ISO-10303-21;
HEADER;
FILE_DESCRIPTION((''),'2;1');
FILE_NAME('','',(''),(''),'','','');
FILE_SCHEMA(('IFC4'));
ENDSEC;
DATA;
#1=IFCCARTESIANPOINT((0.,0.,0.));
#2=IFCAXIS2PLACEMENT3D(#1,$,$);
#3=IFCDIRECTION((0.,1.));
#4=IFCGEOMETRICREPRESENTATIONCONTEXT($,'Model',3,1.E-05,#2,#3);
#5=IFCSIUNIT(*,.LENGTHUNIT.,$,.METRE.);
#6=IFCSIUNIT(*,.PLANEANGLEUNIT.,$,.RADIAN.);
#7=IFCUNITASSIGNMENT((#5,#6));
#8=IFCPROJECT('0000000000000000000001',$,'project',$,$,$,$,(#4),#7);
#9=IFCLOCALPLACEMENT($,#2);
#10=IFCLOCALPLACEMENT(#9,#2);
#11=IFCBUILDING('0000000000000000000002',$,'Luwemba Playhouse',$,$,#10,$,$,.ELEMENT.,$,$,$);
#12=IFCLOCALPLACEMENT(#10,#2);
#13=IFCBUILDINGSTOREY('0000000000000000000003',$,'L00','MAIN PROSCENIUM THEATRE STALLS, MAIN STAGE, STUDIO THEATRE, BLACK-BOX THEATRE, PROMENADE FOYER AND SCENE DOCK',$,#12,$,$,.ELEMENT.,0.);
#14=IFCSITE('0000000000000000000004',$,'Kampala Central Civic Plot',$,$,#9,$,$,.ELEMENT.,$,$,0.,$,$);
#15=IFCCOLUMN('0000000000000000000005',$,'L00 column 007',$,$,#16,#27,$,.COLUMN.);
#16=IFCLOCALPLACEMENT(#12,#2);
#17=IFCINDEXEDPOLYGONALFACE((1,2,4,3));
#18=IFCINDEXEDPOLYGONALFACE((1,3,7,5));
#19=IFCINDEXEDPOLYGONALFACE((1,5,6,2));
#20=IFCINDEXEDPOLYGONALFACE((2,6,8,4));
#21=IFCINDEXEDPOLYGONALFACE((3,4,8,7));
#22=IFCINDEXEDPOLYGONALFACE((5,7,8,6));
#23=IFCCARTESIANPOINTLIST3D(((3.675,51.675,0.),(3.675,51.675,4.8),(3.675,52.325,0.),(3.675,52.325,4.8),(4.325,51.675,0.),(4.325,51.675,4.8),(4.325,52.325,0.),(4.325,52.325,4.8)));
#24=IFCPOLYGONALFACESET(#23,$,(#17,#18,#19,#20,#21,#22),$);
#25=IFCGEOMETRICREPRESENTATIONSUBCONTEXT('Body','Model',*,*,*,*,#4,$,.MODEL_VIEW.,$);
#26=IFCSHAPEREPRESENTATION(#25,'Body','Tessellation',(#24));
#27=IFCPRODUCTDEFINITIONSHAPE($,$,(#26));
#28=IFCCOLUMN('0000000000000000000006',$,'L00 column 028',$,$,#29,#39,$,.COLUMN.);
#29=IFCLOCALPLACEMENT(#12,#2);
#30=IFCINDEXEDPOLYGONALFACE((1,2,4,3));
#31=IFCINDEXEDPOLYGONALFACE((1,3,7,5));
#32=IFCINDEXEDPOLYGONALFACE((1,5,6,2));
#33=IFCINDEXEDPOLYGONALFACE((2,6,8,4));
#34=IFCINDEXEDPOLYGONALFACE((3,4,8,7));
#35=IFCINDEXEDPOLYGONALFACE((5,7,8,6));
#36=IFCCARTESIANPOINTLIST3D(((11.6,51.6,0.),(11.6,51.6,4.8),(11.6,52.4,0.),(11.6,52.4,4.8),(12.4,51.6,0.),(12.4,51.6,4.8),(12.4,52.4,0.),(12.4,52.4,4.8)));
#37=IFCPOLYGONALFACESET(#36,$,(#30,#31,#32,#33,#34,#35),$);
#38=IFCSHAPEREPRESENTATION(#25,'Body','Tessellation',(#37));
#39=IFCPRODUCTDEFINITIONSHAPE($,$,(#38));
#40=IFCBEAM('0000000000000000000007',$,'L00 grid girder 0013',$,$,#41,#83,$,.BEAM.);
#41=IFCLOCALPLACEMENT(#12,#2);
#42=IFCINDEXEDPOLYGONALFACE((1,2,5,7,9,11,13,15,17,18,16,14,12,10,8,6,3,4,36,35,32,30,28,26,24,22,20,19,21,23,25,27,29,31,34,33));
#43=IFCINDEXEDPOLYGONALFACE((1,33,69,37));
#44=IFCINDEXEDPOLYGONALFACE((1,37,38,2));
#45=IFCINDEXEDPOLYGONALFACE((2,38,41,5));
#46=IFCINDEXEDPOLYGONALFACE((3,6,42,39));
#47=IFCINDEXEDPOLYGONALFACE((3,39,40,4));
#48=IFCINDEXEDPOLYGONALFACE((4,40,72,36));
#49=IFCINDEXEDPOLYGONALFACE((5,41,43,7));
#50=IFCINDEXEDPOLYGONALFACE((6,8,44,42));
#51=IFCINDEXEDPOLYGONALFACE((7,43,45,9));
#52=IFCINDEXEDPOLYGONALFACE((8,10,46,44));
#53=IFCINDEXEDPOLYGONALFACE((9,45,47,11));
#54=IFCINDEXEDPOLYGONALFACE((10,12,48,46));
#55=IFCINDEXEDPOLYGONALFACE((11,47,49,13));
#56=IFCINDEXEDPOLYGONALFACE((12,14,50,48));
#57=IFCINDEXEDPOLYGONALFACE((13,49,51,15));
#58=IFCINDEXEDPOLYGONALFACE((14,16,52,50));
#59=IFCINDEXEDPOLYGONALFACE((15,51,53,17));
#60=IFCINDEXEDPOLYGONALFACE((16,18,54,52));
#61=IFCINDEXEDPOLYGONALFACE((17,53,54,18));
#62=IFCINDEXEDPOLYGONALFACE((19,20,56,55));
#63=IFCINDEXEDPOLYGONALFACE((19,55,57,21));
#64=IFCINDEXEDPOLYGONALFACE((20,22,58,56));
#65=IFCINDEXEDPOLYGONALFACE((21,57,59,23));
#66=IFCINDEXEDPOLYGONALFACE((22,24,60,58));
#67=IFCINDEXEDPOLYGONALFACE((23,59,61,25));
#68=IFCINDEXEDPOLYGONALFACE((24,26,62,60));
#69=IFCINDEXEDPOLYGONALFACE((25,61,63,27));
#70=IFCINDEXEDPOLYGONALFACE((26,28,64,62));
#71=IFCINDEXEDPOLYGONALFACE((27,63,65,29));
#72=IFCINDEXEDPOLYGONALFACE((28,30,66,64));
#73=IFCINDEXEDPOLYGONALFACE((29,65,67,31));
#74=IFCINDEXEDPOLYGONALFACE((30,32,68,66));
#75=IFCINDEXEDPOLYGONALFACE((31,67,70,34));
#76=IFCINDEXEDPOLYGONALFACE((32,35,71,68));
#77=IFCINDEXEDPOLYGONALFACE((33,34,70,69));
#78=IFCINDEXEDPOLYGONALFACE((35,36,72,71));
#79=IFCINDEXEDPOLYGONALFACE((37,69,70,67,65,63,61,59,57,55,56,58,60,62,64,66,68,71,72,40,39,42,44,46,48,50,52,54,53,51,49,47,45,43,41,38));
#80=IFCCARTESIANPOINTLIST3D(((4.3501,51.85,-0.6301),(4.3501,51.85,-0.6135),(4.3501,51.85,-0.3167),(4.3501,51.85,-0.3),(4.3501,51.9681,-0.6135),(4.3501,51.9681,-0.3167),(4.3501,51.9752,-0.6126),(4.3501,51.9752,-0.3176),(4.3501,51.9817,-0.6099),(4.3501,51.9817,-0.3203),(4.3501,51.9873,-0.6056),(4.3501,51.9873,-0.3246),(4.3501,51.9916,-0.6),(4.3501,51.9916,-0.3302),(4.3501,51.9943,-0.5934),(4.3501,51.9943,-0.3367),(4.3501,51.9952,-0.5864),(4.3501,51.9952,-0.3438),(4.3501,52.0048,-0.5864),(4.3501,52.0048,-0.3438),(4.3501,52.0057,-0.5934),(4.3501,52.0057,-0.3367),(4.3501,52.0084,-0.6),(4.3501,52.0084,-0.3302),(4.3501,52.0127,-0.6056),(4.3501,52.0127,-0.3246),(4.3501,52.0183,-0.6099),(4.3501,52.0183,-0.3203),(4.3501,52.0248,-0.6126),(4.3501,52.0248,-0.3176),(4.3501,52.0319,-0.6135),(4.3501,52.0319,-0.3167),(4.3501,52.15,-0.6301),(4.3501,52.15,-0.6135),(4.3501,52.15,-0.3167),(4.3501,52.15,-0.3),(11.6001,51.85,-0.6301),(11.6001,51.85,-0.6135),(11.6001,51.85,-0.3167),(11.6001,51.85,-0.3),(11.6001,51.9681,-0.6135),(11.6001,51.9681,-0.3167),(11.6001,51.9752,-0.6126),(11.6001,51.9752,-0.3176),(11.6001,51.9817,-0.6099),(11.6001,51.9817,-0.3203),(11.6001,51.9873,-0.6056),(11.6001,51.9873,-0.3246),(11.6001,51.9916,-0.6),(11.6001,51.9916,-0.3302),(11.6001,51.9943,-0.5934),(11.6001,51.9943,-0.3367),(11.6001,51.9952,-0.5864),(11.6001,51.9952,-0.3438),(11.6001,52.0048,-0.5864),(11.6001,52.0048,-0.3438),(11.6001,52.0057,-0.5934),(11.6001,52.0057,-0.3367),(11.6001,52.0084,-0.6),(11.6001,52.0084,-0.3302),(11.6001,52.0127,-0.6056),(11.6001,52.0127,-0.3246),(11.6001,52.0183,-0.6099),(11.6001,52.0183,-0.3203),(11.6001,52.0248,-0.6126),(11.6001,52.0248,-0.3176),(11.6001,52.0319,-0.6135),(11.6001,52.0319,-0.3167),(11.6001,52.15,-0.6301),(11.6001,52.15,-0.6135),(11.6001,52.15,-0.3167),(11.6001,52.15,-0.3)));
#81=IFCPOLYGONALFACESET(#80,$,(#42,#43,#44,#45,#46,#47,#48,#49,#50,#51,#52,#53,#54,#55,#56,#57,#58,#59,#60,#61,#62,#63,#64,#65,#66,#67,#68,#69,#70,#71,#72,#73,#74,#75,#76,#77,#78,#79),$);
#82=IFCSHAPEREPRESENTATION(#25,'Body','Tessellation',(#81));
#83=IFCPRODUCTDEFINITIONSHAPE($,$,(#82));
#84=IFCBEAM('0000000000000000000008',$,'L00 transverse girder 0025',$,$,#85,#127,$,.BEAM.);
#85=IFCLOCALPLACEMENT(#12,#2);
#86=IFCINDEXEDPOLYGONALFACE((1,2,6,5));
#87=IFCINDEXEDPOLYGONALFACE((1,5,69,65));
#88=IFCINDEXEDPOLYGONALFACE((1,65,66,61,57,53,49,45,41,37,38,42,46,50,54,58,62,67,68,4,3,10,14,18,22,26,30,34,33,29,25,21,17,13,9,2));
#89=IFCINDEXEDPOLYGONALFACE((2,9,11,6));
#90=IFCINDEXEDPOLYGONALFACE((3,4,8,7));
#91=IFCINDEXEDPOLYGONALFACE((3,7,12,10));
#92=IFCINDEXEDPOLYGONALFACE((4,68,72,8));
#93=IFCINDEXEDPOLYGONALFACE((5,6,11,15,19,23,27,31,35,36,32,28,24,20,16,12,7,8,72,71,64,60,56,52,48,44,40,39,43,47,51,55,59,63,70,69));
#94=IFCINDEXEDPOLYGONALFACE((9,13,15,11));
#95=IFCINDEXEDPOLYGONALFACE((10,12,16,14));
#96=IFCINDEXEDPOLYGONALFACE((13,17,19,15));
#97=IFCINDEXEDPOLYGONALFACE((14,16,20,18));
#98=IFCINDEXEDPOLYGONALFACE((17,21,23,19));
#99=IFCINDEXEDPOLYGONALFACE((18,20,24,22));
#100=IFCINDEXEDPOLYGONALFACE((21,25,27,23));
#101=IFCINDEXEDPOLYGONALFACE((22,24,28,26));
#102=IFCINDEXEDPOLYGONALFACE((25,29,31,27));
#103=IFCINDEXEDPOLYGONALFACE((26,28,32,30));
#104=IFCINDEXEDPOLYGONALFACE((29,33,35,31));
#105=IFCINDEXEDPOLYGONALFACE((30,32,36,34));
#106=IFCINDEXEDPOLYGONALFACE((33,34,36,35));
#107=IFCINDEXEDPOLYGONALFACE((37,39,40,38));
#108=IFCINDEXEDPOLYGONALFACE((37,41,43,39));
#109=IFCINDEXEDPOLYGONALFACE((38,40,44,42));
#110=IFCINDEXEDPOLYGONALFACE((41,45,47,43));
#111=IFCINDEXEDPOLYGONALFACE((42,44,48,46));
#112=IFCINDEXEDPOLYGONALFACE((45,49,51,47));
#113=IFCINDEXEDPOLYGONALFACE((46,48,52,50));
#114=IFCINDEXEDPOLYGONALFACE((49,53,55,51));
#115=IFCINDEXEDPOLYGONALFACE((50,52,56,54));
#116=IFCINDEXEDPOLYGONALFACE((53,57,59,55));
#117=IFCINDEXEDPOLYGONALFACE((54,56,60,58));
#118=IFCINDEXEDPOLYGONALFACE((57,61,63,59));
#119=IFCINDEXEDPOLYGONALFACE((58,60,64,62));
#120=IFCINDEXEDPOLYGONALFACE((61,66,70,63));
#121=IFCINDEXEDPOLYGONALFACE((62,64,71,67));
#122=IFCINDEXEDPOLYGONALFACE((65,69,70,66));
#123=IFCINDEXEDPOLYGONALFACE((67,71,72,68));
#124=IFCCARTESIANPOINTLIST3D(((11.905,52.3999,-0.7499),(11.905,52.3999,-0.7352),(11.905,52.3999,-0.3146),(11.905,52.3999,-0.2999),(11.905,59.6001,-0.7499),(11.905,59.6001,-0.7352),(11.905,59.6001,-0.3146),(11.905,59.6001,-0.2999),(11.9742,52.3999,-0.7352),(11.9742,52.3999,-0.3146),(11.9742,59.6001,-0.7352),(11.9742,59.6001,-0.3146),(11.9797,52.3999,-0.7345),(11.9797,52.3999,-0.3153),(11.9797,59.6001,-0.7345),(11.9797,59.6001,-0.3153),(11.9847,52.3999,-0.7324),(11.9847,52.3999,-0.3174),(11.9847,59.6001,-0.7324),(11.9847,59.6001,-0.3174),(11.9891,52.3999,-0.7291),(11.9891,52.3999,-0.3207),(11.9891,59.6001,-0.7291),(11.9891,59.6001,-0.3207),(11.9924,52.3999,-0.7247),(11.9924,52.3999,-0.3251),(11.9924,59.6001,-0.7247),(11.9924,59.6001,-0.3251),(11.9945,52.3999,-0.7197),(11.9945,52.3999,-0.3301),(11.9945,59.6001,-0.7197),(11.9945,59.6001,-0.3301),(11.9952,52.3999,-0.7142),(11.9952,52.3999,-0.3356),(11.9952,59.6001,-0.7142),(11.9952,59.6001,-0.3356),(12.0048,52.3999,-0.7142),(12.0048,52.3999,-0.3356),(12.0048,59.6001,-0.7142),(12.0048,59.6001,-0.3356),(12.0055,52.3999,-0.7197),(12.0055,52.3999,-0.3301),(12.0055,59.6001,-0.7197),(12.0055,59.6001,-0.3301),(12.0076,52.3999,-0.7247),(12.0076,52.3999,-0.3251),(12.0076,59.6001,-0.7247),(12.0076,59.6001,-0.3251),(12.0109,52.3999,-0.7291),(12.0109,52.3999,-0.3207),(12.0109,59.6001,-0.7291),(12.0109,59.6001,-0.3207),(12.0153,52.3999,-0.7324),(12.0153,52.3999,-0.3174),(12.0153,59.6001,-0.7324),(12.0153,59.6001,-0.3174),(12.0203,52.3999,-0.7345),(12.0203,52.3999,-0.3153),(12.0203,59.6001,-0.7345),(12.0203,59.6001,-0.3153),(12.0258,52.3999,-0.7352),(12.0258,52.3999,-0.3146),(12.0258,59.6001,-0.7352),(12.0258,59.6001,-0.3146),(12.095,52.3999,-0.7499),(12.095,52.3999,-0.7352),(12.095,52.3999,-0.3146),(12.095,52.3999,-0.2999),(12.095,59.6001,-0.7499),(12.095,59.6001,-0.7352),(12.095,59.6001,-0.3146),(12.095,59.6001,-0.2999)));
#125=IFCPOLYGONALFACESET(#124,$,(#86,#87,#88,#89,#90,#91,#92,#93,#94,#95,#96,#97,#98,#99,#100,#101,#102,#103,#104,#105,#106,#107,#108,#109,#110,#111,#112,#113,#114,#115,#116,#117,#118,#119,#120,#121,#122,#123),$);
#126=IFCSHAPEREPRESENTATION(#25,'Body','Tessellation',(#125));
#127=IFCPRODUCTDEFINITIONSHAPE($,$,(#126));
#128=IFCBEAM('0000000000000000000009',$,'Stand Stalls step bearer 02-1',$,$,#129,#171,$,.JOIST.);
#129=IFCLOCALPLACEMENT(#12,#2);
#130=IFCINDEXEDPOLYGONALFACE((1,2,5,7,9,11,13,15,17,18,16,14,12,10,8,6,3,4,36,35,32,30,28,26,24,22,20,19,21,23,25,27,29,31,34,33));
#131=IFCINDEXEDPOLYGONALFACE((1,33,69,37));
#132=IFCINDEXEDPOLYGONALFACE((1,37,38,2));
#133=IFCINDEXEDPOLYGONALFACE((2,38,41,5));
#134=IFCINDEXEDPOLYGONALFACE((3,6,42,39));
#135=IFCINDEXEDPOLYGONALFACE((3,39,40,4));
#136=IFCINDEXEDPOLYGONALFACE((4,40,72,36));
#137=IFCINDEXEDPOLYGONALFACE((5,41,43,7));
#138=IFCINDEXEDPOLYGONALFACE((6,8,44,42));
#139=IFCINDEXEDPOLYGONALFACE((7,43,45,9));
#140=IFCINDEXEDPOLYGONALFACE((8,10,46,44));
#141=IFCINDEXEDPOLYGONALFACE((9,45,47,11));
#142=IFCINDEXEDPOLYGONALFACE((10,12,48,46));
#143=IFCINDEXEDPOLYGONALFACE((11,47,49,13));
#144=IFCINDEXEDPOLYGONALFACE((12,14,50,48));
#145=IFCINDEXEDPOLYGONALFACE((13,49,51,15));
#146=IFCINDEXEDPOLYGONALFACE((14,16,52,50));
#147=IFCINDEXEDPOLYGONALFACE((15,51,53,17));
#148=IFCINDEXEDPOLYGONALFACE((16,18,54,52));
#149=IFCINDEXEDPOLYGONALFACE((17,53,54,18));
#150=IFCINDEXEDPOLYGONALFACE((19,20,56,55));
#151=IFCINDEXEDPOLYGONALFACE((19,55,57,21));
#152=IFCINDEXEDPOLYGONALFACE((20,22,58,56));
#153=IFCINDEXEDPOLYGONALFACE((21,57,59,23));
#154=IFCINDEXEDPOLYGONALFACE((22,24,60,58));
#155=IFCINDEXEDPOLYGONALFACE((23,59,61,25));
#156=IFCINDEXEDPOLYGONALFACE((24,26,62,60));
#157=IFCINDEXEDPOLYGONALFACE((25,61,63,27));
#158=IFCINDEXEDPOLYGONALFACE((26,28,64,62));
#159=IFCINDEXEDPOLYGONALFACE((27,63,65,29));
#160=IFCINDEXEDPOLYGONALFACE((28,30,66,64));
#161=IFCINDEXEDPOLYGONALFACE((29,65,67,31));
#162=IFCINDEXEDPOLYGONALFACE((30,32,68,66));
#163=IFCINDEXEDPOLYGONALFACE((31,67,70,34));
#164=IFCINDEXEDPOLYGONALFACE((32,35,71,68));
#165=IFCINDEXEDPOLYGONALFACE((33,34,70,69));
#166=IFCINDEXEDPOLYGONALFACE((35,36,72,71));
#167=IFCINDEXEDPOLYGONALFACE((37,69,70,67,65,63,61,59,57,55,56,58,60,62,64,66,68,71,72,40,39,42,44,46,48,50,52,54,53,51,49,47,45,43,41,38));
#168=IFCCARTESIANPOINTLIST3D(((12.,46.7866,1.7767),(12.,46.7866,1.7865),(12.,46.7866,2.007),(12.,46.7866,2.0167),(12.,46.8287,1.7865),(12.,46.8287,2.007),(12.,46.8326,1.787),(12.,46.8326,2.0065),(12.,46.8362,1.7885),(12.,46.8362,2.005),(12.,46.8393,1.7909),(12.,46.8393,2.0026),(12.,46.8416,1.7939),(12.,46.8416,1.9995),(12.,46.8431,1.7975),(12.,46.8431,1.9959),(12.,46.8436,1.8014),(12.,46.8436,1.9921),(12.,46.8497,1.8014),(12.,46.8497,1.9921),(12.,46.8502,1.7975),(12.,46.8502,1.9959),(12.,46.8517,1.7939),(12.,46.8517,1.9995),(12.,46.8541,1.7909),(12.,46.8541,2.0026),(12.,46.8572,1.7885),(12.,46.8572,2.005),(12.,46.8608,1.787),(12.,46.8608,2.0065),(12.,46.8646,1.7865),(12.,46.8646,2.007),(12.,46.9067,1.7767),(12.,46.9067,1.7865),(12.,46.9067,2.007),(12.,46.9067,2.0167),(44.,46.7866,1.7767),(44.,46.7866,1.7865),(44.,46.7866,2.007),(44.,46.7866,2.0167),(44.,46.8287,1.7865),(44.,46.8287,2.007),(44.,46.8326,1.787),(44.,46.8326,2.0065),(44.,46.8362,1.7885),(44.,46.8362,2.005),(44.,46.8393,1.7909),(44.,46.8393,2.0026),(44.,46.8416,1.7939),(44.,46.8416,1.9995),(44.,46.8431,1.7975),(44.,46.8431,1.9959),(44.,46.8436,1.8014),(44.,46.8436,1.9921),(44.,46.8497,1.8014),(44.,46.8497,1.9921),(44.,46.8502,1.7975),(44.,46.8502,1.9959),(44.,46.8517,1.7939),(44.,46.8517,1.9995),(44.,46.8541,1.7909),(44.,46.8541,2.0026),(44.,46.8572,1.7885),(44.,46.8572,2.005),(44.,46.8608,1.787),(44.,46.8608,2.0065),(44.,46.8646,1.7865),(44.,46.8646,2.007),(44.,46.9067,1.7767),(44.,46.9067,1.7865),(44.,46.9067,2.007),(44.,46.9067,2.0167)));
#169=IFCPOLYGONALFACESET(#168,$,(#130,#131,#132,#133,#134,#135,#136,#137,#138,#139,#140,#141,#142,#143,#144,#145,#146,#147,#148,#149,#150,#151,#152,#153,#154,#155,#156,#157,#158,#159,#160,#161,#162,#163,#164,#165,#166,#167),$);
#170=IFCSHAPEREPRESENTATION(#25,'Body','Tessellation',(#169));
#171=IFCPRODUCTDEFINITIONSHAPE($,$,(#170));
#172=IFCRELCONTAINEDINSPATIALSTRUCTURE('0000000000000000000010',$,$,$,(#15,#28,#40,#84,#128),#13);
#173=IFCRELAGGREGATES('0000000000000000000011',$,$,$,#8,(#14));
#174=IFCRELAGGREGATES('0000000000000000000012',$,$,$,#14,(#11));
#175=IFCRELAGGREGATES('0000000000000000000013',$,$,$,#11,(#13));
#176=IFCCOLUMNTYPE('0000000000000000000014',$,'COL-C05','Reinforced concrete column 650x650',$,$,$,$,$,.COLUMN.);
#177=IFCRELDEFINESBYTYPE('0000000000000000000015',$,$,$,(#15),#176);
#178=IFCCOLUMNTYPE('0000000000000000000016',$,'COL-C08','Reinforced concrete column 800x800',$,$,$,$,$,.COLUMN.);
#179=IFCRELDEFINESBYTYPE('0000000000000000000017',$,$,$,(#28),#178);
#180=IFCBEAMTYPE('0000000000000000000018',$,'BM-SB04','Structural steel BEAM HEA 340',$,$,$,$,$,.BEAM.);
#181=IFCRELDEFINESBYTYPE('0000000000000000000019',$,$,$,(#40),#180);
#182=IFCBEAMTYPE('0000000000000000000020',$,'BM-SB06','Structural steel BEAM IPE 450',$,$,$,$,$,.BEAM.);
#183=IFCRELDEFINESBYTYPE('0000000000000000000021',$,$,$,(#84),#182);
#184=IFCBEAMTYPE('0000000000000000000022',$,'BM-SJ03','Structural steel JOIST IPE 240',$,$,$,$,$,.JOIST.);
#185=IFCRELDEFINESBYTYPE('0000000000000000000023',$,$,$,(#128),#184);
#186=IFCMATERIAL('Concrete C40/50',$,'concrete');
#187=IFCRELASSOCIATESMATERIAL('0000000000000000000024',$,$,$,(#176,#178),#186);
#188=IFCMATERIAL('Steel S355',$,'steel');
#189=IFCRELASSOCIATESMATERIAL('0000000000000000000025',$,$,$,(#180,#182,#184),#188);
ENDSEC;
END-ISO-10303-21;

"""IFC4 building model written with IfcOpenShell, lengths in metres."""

from ifc_helpers import new_model, si_unit, direction, frame, origin, origin_2d, place, context, subcontext, project, spatial, rectangle, i_section, extrude, material, material_profile, profile_set, type_object, element, save


model = new_model("IFC4")

# Units and contexts
model_context = context("Model", 3, precision=1e-05, world=origin(), true_north=direction((0.0, 1.0)))
body_context = subcontext(model_context, "Body", "Model", "MODEL_VIEW")
ifc_project = project(units=[si_unit("LENGTHUNIT", "METRE"), si_unit("PLANEANGLEUNIT", "RADIAN")], contexts=[model_context])

# Site, building, storey
site_placement = place(None, origin())
site = spatial("IfcSite", under=ifc_project, at=site_placement, Name="Kampala Central Civic Plot", CompositionType="ELEMENT", RefElevation=0.0)
building_placement = place(site_placement, origin())
building = spatial("IfcBuilding", under=site, at=building_placement, Name="Luwemba Playhouse", CompositionType="ELEMENT")
storey_placement = place(building_placement, origin())
storey = spatial("IfcBuildingStorey", under=building, at=storey_placement, Name="L00", Description="MAIN PROSCENIUM THEATRE STALLS, MAIN STAGE, STUDIO THEATRE, BLACK-BOX THEATRE, PROMENADE FOYER AND SCENE DOCK", CompositionType="ELEMENT", Elevation=0.0)

# Columns
ifc_material_1 = material(Name="Concrete C40/50", Category="concrete")
ifc_material_profile_1 = material_profile(ifc_material_1, rectangle(XDim=0.6499, YDim=0.6499, at=origin_2d()))
ifc_profile_set_1 = profile_set([ifc_material_profile_1], Name="Concrete C40/50")
column_type_1 = type_object("IfcColumnType", Name="COL-C05", Description="Reinforced concrete column 650x650", PredefinedType="COLUMN", material=ifc_profile_set_1)
column_1_placement = place(storey_placement, frame((4.0, 52.0, 0.0), z_axis=(0.0, 0.0, 1.0), x_axis=(1.0, 0.0, 0.0)))
element("IfcColumn", 1, at=column_1_placement, inside=storey, type_object=column_type_1, Name="L00 column 007", PredefinedType="COLUMN", context=body_context, shape_type="SweptSolid", body=[
    extrude(rectangle(XDim=0.6499, YDim=0.6499, at=origin_2d()), origin(), (0.0, 0.0, 1.0), 4.8),
])
ifc_material_profile_2 = material_profile(ifc_material_1, rectangle(XDim=0.8, YDim=0.8, at=origin_2d()))
ifc_profile_set_2 = profile_set([ifc_material_profile_2], Name="Concrete C40/50")
column_type_2 = type_object("IfcColumnType", Name="COL-C08", Description="Reinforced concrete column 800x800", PredefinedType="COLUMN", material=ifc_profile_set_2)
column_2_placement = place(storey_placement, frame((12.0, 52.0, 0.0), z_axis=(0.0, 0.0, 1.0), x_axis=(1.0, 0.0, 0.0)))
element("IfcColumn", 2, at=column_2_placement, inside=storey, type_object=column_type_2, Name="L00 column 028", PredefinedType="COLUMN", context=body_context, shape_type="SweptSolid", body=[
    extrude(rectangle(XDim=0.8, YDim=0.8, at=origin_2d()), origin(), (0.0, 0.0, 1.0), 4.8),
])

# Beams
ifc_material_2 = material(Name="Steel S355", Category="steel")
ifc_material_profile_3 = material_profile(ifc_material_2, i_section(OverallWidth=0.3, OverallDepth=0.3301, WebThickness=0.0095, FlangeThickness=0.0166, FilletRadius=0.0271, at=origin_2d()))
ifc_profile_set_3 = profile_set([ifc_material_profile_3], Name="Steel S355")
beam_type_1 = type_object("IfcBeamType", Name="BM-SB04", Description="Structural steel BEAM HEA 340", PredefinedType="BEAM", material=ifc_profile_set_3)
beam_1_placement = place(storey_placement, frame((4.3501, 52.0, -0.4651), z_axis=(1.0, 0.0, 0.0), x_axis=(0.0, 1.0, 0.0)))
element("IfcBeam", 3, at=beam_1_placement, inside=storey, type_object=beam_type_1, Name="L00 grid girder 0013", PredefinedType="BEAM", context=body_context, shape_type="SweptSolid", body=[
    extrude(i_section(OverallWidth=0.3, OverallDepth=0.3301, WebThickness=0.0095, FlangeThickness=0.0166, FilletRadius=0.0271, at=origin_2d()), origin(), (0.0, 0.0, 1.0), 7.25),
])
ifc_material_profile_4 = material_profile(ifc_material_2, i_section(OverallWidth=0.1899, OverallDepth=0.45, WebThickness=0.0095, FlangeThickness=0.0146, FilletRadius=0.021, at=origin_2d()))
ifc_profile_set_4 = profile_set([ifc_material_profile_4], Name="Steel S355")
beam_type_2 = type_object("IfcBeamType", Name="BM-SB06", Description="Structural steel BEAM IPE 450", PredefinedType="BEAM", material=ifc_profile_set_4)
beam_2_placement = place(storey_placement, frame((12.0, 52.3999, -0.5249), z_axis=(0.0, 1.0, 0.0), x_axis=(-1.0, 0.0, 0.0)))
element("IfcBeam", 4, at=beam_2_placement, inside=storey, type_object=beam_type_2, Name="L00 transverse girder 0025", PredefinedType="BEAM", context=body_context, shape_type="SweptSolid", body=[
    extrude(i_section(OverallWidth=0.1899, OverallDepth=0.45, WebThickness=0.0095, FlangeThickness=0.0146, FilletRadius=0.021, at=origin_2d()), origin(), (0.0, 0.0, 1.0), 7.2002),
])
ifc_material_profile_5 = material_profile(ifc_material_2, i_section(OverallWidth=0.1201, OverallDepth=0.24, WebThickness=0.0061, FlangeThickness=0.0098, FilletRadius=0.0149, at=origin_2d()))
ifc_profile_set_5 = profile_set([ifc_material_profile_5], Name="Steel S355")
beam_type_3 = type_object("IfcBeamType", Name="BM-SJ03", Description="Structural steel JOIST IPE 240", PredefinedType="JOIST", material=ifc_profile_set_5)
for number, where, z_axis, x_axis, name in (
    (5, (12.0, 46.8467, 1.8967), (1.0, 0.0, 0.0), (0.0, 1.0, 0.0), "Stand Stalls step bearer 02-1"),
):
    element("IfcBeam", number, at=place(storey_placement, frame(where, z_axis=z_axis, x_axis=x_axis)), inside=storey, type_object=beam_type_3, Name=name, PredefinedType="JOIST", context=body_context, shape_type="SweptSolid", body=[
        extrude(i_section(OverallWidth=0.1201, OverallDepth=0.24, WebThickness=0.0061, FlangeThickness=0.0098, FilletRadius=0.0149, at=origin_2d()), origin(), (0.0, 0.0, 1.0), 32.0),
    ])

save(model, "model.ifc")
